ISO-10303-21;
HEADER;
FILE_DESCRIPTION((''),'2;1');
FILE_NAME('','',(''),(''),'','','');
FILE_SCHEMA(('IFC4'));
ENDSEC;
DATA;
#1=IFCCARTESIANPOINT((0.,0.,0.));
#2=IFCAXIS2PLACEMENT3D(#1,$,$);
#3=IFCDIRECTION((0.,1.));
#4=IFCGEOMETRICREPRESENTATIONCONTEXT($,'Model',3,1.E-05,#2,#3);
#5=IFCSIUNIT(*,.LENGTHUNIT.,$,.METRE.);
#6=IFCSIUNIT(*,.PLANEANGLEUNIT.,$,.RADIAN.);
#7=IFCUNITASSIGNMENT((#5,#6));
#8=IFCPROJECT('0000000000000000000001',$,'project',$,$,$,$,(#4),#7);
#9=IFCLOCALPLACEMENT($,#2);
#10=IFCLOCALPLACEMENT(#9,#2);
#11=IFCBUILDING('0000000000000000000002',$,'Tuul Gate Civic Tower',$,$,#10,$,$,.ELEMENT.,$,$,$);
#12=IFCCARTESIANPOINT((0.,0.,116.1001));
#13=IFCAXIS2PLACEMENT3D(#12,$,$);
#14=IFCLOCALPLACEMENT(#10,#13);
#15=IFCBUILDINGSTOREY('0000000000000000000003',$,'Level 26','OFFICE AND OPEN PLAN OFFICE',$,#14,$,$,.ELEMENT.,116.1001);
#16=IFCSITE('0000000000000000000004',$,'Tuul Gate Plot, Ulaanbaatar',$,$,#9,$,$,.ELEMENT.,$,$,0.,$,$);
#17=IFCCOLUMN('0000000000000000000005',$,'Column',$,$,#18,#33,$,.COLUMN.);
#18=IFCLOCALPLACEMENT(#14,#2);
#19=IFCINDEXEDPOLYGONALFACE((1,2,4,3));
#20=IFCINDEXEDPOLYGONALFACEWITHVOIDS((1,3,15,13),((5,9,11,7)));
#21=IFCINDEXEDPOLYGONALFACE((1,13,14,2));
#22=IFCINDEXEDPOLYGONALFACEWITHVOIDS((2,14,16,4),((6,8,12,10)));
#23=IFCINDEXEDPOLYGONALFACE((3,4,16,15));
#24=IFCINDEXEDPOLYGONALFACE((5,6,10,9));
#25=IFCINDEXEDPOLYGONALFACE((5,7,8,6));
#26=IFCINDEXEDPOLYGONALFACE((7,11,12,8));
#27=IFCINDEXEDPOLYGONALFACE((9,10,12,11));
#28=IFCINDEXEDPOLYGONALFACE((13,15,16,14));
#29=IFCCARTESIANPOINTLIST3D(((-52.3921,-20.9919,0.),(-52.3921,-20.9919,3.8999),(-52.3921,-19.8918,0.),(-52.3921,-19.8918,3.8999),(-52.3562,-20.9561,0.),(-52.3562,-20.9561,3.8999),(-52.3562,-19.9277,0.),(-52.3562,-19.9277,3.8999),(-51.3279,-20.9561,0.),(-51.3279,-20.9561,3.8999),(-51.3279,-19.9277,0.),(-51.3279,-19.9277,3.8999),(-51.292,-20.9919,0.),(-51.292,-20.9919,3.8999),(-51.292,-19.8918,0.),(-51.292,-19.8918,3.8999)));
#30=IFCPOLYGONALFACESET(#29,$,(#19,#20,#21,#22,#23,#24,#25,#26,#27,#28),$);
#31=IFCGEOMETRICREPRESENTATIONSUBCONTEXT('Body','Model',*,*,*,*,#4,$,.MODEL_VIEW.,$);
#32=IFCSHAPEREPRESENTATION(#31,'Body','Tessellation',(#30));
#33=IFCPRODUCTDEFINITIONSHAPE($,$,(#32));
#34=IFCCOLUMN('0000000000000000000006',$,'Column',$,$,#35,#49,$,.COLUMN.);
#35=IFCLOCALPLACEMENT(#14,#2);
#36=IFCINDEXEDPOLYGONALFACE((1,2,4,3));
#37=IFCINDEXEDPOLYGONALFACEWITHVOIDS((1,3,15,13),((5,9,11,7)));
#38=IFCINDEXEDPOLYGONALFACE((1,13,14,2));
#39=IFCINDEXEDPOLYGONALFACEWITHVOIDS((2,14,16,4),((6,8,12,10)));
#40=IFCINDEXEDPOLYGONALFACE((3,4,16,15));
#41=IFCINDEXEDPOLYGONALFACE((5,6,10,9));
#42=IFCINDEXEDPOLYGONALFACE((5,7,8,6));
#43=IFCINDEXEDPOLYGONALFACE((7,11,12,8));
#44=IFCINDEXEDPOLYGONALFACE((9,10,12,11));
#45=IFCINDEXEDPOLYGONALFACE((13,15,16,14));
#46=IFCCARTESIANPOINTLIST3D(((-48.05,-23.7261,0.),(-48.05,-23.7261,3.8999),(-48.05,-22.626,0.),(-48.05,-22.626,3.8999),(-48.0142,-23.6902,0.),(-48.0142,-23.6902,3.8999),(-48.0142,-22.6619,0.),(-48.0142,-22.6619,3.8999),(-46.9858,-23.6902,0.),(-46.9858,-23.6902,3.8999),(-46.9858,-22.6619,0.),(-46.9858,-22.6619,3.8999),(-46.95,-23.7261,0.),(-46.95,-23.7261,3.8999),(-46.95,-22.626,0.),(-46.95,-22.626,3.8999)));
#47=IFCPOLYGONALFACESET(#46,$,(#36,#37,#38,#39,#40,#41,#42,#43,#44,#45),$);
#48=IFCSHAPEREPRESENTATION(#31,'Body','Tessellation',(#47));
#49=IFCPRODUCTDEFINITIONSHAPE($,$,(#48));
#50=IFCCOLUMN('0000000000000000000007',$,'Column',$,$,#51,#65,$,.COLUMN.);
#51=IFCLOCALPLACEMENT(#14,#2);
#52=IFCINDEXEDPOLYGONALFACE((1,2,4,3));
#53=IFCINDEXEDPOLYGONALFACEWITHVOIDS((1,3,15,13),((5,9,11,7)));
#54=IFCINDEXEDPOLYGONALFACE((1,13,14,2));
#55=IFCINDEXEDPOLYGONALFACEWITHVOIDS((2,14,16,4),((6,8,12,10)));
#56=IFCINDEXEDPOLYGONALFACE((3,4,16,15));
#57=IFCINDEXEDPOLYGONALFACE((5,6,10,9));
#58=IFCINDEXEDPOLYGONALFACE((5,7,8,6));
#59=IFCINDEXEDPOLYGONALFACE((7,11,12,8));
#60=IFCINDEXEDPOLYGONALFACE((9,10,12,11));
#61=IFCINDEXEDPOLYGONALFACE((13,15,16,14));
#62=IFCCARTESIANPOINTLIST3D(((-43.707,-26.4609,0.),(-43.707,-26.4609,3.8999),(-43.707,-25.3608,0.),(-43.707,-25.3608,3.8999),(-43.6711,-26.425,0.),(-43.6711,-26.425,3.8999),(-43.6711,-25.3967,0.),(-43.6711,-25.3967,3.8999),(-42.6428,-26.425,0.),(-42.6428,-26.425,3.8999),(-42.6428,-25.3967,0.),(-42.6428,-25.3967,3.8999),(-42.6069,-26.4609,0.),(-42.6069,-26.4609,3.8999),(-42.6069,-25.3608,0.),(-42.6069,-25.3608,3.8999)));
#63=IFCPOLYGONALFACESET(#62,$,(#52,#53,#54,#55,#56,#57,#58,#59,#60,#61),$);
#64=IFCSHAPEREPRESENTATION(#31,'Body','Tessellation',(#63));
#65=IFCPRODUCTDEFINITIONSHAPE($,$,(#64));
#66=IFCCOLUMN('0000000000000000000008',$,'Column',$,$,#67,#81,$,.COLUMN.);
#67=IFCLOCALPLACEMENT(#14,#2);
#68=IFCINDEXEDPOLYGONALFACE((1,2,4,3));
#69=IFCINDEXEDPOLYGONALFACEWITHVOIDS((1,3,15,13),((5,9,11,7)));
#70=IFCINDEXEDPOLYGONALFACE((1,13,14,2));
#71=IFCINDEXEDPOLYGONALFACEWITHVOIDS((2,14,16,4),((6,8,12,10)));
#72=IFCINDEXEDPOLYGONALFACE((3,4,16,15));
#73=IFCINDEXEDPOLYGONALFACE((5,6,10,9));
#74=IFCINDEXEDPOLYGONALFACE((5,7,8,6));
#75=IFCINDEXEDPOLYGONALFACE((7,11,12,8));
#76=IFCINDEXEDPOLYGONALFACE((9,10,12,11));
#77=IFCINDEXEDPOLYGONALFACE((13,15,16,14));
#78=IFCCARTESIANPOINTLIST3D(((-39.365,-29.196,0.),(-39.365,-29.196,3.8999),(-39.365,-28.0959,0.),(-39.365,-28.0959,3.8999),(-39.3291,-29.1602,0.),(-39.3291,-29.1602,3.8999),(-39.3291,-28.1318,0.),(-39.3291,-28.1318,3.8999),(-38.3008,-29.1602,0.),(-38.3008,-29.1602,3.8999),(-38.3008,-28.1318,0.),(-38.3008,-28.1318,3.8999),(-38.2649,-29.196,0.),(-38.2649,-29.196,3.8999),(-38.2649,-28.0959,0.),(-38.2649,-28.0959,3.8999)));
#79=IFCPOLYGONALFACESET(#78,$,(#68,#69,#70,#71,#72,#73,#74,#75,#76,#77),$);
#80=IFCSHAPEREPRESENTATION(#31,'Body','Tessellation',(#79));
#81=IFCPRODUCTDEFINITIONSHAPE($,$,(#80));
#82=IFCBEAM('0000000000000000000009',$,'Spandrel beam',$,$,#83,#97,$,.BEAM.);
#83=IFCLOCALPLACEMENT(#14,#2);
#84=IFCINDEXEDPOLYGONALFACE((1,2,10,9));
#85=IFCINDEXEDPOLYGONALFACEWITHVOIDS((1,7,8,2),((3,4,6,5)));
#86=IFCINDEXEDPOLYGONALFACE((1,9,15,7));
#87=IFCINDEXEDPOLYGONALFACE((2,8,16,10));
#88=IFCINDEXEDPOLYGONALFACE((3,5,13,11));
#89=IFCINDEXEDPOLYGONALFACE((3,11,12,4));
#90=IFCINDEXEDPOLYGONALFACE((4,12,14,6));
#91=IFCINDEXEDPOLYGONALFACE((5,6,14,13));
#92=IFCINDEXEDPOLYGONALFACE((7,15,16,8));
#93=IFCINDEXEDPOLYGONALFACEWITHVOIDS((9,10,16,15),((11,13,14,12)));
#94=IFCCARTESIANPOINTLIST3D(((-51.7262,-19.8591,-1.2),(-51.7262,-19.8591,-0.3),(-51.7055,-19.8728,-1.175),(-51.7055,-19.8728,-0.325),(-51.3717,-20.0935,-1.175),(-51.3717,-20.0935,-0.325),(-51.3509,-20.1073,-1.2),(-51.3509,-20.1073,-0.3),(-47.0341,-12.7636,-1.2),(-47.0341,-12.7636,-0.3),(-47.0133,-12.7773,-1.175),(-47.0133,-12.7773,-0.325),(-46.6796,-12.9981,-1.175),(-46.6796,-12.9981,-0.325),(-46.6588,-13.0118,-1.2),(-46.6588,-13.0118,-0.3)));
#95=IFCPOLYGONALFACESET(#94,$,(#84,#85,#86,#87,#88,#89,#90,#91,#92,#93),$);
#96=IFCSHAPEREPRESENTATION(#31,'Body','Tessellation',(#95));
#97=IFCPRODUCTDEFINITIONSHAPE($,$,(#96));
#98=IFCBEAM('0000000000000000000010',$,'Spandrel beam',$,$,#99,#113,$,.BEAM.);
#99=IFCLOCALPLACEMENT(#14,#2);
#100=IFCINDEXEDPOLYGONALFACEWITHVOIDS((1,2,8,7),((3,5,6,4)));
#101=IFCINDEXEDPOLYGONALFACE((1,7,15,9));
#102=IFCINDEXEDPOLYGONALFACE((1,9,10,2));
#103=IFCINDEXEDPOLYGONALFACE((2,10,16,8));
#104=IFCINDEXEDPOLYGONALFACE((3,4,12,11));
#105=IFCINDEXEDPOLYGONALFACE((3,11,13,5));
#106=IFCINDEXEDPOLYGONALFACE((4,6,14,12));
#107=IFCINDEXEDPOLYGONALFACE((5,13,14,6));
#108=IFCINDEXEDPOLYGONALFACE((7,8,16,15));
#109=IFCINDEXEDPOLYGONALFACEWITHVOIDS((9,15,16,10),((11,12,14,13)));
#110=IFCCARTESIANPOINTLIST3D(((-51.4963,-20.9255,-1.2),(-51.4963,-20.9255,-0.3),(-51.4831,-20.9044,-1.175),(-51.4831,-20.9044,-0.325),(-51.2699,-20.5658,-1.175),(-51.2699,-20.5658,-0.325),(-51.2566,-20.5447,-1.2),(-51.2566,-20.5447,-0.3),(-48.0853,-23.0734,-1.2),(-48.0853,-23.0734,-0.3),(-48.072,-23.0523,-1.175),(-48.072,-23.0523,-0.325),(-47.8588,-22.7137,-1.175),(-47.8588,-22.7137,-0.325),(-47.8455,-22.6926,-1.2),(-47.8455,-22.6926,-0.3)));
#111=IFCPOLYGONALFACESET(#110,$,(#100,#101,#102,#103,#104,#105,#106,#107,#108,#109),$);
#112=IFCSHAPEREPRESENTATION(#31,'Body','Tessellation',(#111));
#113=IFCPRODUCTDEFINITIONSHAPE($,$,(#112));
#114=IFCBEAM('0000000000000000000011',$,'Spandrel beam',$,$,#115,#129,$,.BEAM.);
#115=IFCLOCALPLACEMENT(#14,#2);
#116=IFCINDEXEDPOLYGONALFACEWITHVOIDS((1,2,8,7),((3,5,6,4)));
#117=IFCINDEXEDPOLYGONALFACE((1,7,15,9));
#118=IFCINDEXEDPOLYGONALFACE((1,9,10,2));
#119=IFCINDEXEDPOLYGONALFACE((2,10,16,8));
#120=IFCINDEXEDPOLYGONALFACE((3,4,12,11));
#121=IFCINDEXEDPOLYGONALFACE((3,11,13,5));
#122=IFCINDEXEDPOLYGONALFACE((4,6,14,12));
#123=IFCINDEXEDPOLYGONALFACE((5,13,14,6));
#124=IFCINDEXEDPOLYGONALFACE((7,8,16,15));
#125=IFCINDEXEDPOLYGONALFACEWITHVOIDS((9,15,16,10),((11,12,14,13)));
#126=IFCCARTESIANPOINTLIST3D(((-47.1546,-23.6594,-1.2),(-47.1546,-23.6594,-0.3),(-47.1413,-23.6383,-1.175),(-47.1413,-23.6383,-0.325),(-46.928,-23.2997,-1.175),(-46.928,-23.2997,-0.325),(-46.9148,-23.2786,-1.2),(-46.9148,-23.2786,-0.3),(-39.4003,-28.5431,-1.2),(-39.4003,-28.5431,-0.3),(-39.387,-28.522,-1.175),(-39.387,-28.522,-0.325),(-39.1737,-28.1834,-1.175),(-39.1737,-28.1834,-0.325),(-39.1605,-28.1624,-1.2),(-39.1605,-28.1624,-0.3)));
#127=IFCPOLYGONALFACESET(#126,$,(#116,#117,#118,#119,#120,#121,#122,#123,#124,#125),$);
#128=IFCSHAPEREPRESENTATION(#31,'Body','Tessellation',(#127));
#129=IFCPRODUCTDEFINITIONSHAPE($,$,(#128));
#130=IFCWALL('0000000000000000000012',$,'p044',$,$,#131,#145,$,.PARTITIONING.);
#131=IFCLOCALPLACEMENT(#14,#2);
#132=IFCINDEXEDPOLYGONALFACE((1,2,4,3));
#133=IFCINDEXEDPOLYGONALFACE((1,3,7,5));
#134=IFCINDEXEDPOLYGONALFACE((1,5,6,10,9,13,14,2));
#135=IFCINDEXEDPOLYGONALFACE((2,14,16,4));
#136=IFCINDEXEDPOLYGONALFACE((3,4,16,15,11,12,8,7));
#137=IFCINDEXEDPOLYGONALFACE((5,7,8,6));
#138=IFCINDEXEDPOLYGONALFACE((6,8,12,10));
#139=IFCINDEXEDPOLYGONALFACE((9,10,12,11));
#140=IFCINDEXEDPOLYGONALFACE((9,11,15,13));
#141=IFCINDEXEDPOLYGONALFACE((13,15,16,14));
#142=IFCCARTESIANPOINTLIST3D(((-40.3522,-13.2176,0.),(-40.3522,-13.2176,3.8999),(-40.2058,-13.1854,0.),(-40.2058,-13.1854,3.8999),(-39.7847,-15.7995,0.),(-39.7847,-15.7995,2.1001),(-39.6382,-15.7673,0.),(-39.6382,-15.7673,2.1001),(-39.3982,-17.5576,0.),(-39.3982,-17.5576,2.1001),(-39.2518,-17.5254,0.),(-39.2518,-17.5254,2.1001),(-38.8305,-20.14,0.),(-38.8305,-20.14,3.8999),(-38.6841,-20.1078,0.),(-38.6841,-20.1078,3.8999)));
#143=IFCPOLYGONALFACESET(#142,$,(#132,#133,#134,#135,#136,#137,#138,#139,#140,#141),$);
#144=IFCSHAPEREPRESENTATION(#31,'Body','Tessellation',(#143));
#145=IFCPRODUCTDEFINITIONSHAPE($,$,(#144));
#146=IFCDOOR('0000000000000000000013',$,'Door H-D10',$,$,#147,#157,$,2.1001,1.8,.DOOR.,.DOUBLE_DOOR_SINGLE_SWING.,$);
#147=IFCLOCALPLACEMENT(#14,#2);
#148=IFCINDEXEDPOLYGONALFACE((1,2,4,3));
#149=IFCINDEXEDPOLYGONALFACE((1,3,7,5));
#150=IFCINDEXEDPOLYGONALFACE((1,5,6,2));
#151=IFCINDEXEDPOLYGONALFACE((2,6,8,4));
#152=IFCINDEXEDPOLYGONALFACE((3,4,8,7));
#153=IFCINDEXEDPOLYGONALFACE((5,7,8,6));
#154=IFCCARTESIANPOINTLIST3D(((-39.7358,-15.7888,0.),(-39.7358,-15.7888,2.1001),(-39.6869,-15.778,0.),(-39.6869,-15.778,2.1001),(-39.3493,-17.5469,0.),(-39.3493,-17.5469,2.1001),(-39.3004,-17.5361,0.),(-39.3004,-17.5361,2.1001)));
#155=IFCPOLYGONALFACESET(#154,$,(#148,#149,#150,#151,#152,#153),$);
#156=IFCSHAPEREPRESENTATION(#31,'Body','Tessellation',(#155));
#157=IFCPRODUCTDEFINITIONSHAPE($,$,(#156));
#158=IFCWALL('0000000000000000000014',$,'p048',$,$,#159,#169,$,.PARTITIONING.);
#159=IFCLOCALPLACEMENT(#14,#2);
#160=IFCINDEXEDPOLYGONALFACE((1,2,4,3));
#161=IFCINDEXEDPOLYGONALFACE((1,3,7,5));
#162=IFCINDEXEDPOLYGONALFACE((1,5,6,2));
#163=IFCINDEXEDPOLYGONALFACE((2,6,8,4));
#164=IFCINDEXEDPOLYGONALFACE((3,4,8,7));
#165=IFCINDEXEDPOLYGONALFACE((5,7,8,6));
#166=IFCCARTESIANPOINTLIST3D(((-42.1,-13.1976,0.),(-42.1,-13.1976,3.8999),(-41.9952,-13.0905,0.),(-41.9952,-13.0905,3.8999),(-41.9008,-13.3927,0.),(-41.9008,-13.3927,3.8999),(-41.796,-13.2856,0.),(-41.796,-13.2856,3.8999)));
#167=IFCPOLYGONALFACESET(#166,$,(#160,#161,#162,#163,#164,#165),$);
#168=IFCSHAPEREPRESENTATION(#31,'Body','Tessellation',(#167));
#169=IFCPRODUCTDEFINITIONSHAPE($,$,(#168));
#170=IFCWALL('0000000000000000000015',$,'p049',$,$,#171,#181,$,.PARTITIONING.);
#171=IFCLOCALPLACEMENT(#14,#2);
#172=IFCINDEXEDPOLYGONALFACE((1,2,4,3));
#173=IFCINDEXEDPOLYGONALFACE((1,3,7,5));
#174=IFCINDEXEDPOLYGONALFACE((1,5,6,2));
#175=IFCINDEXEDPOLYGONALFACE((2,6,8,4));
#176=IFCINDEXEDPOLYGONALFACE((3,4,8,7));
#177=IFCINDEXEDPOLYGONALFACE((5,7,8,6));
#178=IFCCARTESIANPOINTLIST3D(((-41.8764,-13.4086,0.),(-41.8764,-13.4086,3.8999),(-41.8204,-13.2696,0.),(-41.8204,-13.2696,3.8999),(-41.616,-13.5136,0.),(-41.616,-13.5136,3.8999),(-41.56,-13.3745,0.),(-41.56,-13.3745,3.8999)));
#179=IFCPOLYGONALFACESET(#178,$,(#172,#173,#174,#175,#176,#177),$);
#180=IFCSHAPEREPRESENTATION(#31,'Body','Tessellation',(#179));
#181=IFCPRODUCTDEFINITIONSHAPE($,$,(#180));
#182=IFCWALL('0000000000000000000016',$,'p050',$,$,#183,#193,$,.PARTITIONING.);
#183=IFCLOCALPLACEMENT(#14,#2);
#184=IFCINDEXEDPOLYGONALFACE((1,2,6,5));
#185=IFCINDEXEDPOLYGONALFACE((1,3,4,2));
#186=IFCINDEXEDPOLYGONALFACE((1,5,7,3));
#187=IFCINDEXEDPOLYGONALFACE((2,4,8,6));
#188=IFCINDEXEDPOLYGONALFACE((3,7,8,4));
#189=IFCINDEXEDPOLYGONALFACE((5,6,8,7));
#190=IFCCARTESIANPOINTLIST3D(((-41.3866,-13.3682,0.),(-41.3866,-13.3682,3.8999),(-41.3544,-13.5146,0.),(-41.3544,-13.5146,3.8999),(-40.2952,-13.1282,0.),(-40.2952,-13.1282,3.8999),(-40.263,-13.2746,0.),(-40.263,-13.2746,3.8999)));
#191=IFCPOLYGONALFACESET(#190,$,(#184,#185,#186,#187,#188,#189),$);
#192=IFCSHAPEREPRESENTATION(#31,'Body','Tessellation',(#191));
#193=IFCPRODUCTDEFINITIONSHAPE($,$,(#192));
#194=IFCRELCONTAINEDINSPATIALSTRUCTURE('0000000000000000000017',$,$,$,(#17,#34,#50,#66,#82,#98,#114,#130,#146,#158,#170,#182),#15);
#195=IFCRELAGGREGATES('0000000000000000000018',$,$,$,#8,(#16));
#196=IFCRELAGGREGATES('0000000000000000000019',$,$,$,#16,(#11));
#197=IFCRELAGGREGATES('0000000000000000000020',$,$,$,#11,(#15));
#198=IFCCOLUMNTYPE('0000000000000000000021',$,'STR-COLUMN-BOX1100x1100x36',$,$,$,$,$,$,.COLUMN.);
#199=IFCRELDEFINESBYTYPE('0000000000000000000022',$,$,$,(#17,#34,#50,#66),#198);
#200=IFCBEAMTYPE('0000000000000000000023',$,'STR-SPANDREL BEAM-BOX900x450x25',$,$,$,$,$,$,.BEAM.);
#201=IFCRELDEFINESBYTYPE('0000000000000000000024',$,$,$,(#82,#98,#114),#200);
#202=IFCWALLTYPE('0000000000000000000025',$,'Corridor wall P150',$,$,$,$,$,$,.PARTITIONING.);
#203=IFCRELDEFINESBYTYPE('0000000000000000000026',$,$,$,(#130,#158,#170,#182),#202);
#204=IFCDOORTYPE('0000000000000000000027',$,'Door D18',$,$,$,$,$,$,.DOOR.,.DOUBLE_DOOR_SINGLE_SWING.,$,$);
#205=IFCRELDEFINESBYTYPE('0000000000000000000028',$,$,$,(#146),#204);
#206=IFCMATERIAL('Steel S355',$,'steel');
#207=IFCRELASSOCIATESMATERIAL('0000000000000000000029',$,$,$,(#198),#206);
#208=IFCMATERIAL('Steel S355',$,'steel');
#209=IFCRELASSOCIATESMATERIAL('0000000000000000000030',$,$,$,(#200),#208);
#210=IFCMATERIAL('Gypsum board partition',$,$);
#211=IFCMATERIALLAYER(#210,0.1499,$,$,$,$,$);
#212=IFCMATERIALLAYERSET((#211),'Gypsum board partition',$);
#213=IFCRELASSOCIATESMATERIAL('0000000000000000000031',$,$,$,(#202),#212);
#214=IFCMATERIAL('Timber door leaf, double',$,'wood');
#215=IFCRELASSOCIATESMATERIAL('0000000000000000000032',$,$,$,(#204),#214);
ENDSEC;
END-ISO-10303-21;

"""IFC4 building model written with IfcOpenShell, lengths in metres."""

from ifc_helpers import new_model, si_unit, direction, frame, frame_2d, origin, origin_2d, place, context, subcontext, project, spatial, rectangle, hollow_rectangle, extrude, material, layer, layer_set, material_profile, profile_set, type_object, element, fill, save


model = new_model("IFC4")

# Units and contexts
model_context = context("Model", 3, precision=1e-05, world=origin(), true_north=direction((0.0, 1.0)))
body_context = subcontext(model_context, "Body", "Model", "MODEL_VIEW")
ifc_project = project(units=[si_unit("LENGTHUNIT", "METRE"), si_unit("PLANEANGLEUNIT", "RADIAN")], contexts=[model_context])

# Site, building, storey
site_placement = place(None, origin())
site = spatial("IfcSite", under=ifc_project, at=site_placement, Name="Tuul Gate Plot, Ulaanbaatar", CompositionType="ELEMENT", RefElevation=0.0)
building_placement = place(site_placement, origin())
building = spatial("IfcBuilding", under=site, at=building_placement, Name="Tuul Gate Civic Tower", CompositionType="ELEMENT")
storey_placement = place(building_placement, frame((0.0, 0.0, 116.1001)))
storey = spatial("IfcBuildingStorey", under=building, at=storey_placement, Name="Level 26", Description="OFFICE AND OPEN PLAN OFFICE", CompositionType="ELEMENT", Elevation=116.1001)

# Columns
ifc_material_1 = material(Name="Steel S355", Category="steel")
ifc_material_profile_1 = material_profile(ifc_material_1, hollow_rectangle(XDim=1.1001, YDim=1.1001, WallThickness=0.0359, at=origin_2d()), Name="BOX1100x1100x36")
ifc_profile_set_1 = profile_set([ifc_material_profile_1], Name="Steel S355")
column_type = type_object("IfcColumnType", Name="STR-COLUMN-BOX1100x1100x36", PredefinedType="COLUMN", material=ifc_profile_set_1)
for number, where, z_axis, x_axis, name in (
    (1, (-51.842, -20.4419, 0.0), (0.0, 0.0, 1.0), (1.0, 0.0, 0.0), "Column"),
    (2, (-47.5, -23.176, 0.0), (0.0, 0.0, 1.0), (1.0, 0.0, 0.0), "Column"),
    (3, (-43.157, -25.9109, 0.0), (0.0, 0.0, 1.0), (1.0, 0.0, 0.0), "Column"),
    (4, (-38.8149, -28.646, 0.0), (0.0, 0.0, 1.0), (1.0, 0.0, 0.0), "Column"),
):
    element("IfcColumn", number, at=place(storey_placement, frame(where, z_axis=z_axis, x_axis=x_axis)), inside=storey, type_object=column_type, Name=name, PredefinedType="COLUMN", context=body_context, shape_type="SweptSolid", body=[
        extrude(hollow_rectangle(XDim=1.1001, YDim=1.1001, WallThickness=0.0359, at=origin_2d()), origin(), (0.0, 0.0, 1.0), 3.8999),
    ])

# Beams
ifc_material_2 = material(Name="Steel S355", Category="steel")
ifc_material_profile_2 = material_profile(ifc_material_2, hollow_rectangle(XDim=0.45, YDim=0.8999, WallThickness=0.0249, at=origin_2d()), Name="BOX900x450x25")
ifc_profile_set_2 = profile_set([ifc_material_profile_2], Name="Steel S355")
beam_type = type_object("IfcBeamType", Name="STR-SPANDREL BEAM-BOX900x450x25", PredefinedType="BEAM", material=ifc_profile_set_2)
beam_1_placement = place(storey_placement, frame((-46.8464, -12.8877, -0.75), z_axis=(-0.55159, -0.834115, 0.0), x_axis=(0.834115, -0.55159, 0.0)))
element("IfcBeam", 5, at=beam_1_placement, inside=storey, type_object=beam_type, Name="Spandrel beam", PredefinedType="BEAM", context=body_context, shape_type="SweptSolid", body=[
    extrude(hollow_rectangle(XDim=0.45, YDim=0.8999, WallThickness=0.0249, at=origin_2d()), origin(), (0.0, 0.0, 1.0), 8.5066),
])
beam_2_placement = place(storey_placement, frame((-51.3765, -20.7351, -0.75), z_axis=(0.846211, -0.532849, 0.0), x_axis=(0.532849, 0.846211, 0.0)))
element("IfcBeam", 6, at=beam_2_placement, inside=storey, type_object=beam_type, Name="Spandrel beam", PredefinedType="BEAM", context=body_context, shape_type="SweptSolid", body=[
    extrude(hollow_rectangle(XDim=0.45, YDim=0.8999, WallThickness=0.0249, at=origin_2d()), origin(), (0.0, 0.0, 1.0), 4.031),
])
beam_3_placement = place(storey_placement, frame((-47.0347, -23.469, -0.75), z_axis=(0.846164, -0.532922, 0.0), x_axis=(0.532922, 0.846164, 0.0)))
element("IfcBeam", 7, at=beam_3_placement, inside=storey, type_object=beam_type, Name="Spandrel beam", PredefinedType="BEAM", context=body_context, shape_type="SweptSolid", body=[
    extrude(hollow_rectangle(XDim=0.45, YDim=0.8999, WallThickness=0.0249, at=origin_2d()), origin(), (0.0, 0.0, 1.0), 9.1641),
])

# Wall, opening, door
ifc_material_3 = material(Name="Gypsum board partition")
ifc_layer_1 = layer(ifc_material_3, 0.1499)
ifc_layer_set_1 = layer_set([ifc_layer_1], Name="Gypsum board partition")
wall_type_1 = type_object("IfcWallType", Name="Corridor wall P150", PredefinedType="PARTITIONING", material=ifc_layer_set_1)
wall_1_placement = place(storey_placement, frame((-40.2791, -13.2014, 0.0), z_axis=(0.0, 0.0, 1.0), x_axis=(0.214701, -0.97668, 0.0)))
wall_1 = element("IfcWall", 8, at=wall_1_placement, inside=storey, type_object=wall_type_1, Name="p044", PredefinedType="PARTITIONING", context=body_context, shape_type="SweptSolid", body=[
    extrude(rectangle(XDim=7.0876, YDim=0.1499, at=frame_2d((3.5439, 0.0))), origin(), (0.0, 0.0, 1.0), 3.8999),
])
opening_1_placement = place(wall_1_placement, frame((2.6438, 0.0, 0.0)))
opening_1 = element("IfcOpeningElement", 9, at=opening_1_placement, cuts=wall_1, PredefinedType="OPENING", context=body_context, shape_type="SweptSolid", body=[
    extrude(rectangle(XDim=1.8, YDim=2.1001, at=frame_2d((0.8999, 1.05))), frame((0.0, 0.085, 0.0), z_axis=(0.0, -1.0, 0.0), x_axis=(1.0, 0.0, 0.0)), (0.0, 0.0, 1.0), 0.1699),
])
ifc_material_4 = material(Name="Timber door leaf, double", Category="wood")
door_type = type_object("IfcDoorType", Name="Door D18", OperationType="DOUBLE_DOOR_SINGLE_SWING", PredefinedType="DOOR", material=ifc_material_4)
door_placement = place(opening_1_placement, frame((1.8, 0.0, 0.0), z_axis=(0.0, 0.0, 1.0), x_axis=(-1.0, 0.0, 0.0)))
door = element("IfcDoor", 10, at=door_placement, inside=storey, type_object=door_type, Name="Door H-D10", OperationType="DOUBLE_DOOR_SINGLE_SWING", OverallHeight=2.1001, OverallWidth=1.8, PredefinedType="DOOR", context=body_context, shape_type="SweptSolid", body=[
    extrude(rectangle(XDim=1.8, YDim=2.1001, at=frame_2d((0.9001, 1.05))), frame((0.0, 0.0249, 0.0), z_axis=(0.0, -1.0, 0.0), x_axis=(1.0, 0.0, 0.0)), (0.0, 0.0, 1.0), 0.05),
])
fill(opening_1, door)

# Walls
wall_2_placement = place(storey_placement, frame((-42.0476, -13.144, 0.0), z_axis=(0.0, 0.0, 1.0), x_axis=(0.71451, -0.699625, 0.0)))
element("IfcWall", 11, at=wall_2_placement, inside=storey, type_object=wall_type_1, Name="p048", PredefinedType="PARTITIONING", context=body_context, shape_type="SweptSolid", body=[
    extrude(rectangle(XDim=0.2788, YDim=0.1499, at=frame_2d((0.1394, 0.0))), origin(), (0.0, 0.0, 1.0), 3.8999),
])
wall_3_placement = place(storey_placement, frame((-41.8484, -13.3391, 0.0), z_axis=(0.0, 0.0, 1.0), x_axis=(0.927514, -0.373787, 0.0)))
element("IfcWall", 12, at=wall_3_placement, inside=storey, type_object=wall_type_1, Name="p049", PredefinedType="PARTITIONING", context=body_context, shape_type="SweptSolid", body=[
    extrude(rectangle(XDim=0.2808, YDim=0.1499, at=frame_2d((0.1404, 0.0))), origin(), (0.0, 0.0, 1.0), 3.8999),
])
wall_4_placement = place(storey_placement, frame((-41.3704, -13.4414, 0.0), z_axis=(0.0, 0.0, 1.0), x_axis=(0.976663, 0.214778, 0.0)))
element("IfcWall", 13, at=wall_4_placement, inside=storey, type_object=wall_type_1, Name="p050", PredefinedType="PARTITIONING", context=body_context, shape_type="SweptSolid", body=[
    extrude(rectangle(XDim=1.1174, YDim=0.1499, at=frame_2d((0.5586, 0.0))), origin(), (0.0, 0.0, 1.0), 3.8999),
])

save(model, "model.ifc")
